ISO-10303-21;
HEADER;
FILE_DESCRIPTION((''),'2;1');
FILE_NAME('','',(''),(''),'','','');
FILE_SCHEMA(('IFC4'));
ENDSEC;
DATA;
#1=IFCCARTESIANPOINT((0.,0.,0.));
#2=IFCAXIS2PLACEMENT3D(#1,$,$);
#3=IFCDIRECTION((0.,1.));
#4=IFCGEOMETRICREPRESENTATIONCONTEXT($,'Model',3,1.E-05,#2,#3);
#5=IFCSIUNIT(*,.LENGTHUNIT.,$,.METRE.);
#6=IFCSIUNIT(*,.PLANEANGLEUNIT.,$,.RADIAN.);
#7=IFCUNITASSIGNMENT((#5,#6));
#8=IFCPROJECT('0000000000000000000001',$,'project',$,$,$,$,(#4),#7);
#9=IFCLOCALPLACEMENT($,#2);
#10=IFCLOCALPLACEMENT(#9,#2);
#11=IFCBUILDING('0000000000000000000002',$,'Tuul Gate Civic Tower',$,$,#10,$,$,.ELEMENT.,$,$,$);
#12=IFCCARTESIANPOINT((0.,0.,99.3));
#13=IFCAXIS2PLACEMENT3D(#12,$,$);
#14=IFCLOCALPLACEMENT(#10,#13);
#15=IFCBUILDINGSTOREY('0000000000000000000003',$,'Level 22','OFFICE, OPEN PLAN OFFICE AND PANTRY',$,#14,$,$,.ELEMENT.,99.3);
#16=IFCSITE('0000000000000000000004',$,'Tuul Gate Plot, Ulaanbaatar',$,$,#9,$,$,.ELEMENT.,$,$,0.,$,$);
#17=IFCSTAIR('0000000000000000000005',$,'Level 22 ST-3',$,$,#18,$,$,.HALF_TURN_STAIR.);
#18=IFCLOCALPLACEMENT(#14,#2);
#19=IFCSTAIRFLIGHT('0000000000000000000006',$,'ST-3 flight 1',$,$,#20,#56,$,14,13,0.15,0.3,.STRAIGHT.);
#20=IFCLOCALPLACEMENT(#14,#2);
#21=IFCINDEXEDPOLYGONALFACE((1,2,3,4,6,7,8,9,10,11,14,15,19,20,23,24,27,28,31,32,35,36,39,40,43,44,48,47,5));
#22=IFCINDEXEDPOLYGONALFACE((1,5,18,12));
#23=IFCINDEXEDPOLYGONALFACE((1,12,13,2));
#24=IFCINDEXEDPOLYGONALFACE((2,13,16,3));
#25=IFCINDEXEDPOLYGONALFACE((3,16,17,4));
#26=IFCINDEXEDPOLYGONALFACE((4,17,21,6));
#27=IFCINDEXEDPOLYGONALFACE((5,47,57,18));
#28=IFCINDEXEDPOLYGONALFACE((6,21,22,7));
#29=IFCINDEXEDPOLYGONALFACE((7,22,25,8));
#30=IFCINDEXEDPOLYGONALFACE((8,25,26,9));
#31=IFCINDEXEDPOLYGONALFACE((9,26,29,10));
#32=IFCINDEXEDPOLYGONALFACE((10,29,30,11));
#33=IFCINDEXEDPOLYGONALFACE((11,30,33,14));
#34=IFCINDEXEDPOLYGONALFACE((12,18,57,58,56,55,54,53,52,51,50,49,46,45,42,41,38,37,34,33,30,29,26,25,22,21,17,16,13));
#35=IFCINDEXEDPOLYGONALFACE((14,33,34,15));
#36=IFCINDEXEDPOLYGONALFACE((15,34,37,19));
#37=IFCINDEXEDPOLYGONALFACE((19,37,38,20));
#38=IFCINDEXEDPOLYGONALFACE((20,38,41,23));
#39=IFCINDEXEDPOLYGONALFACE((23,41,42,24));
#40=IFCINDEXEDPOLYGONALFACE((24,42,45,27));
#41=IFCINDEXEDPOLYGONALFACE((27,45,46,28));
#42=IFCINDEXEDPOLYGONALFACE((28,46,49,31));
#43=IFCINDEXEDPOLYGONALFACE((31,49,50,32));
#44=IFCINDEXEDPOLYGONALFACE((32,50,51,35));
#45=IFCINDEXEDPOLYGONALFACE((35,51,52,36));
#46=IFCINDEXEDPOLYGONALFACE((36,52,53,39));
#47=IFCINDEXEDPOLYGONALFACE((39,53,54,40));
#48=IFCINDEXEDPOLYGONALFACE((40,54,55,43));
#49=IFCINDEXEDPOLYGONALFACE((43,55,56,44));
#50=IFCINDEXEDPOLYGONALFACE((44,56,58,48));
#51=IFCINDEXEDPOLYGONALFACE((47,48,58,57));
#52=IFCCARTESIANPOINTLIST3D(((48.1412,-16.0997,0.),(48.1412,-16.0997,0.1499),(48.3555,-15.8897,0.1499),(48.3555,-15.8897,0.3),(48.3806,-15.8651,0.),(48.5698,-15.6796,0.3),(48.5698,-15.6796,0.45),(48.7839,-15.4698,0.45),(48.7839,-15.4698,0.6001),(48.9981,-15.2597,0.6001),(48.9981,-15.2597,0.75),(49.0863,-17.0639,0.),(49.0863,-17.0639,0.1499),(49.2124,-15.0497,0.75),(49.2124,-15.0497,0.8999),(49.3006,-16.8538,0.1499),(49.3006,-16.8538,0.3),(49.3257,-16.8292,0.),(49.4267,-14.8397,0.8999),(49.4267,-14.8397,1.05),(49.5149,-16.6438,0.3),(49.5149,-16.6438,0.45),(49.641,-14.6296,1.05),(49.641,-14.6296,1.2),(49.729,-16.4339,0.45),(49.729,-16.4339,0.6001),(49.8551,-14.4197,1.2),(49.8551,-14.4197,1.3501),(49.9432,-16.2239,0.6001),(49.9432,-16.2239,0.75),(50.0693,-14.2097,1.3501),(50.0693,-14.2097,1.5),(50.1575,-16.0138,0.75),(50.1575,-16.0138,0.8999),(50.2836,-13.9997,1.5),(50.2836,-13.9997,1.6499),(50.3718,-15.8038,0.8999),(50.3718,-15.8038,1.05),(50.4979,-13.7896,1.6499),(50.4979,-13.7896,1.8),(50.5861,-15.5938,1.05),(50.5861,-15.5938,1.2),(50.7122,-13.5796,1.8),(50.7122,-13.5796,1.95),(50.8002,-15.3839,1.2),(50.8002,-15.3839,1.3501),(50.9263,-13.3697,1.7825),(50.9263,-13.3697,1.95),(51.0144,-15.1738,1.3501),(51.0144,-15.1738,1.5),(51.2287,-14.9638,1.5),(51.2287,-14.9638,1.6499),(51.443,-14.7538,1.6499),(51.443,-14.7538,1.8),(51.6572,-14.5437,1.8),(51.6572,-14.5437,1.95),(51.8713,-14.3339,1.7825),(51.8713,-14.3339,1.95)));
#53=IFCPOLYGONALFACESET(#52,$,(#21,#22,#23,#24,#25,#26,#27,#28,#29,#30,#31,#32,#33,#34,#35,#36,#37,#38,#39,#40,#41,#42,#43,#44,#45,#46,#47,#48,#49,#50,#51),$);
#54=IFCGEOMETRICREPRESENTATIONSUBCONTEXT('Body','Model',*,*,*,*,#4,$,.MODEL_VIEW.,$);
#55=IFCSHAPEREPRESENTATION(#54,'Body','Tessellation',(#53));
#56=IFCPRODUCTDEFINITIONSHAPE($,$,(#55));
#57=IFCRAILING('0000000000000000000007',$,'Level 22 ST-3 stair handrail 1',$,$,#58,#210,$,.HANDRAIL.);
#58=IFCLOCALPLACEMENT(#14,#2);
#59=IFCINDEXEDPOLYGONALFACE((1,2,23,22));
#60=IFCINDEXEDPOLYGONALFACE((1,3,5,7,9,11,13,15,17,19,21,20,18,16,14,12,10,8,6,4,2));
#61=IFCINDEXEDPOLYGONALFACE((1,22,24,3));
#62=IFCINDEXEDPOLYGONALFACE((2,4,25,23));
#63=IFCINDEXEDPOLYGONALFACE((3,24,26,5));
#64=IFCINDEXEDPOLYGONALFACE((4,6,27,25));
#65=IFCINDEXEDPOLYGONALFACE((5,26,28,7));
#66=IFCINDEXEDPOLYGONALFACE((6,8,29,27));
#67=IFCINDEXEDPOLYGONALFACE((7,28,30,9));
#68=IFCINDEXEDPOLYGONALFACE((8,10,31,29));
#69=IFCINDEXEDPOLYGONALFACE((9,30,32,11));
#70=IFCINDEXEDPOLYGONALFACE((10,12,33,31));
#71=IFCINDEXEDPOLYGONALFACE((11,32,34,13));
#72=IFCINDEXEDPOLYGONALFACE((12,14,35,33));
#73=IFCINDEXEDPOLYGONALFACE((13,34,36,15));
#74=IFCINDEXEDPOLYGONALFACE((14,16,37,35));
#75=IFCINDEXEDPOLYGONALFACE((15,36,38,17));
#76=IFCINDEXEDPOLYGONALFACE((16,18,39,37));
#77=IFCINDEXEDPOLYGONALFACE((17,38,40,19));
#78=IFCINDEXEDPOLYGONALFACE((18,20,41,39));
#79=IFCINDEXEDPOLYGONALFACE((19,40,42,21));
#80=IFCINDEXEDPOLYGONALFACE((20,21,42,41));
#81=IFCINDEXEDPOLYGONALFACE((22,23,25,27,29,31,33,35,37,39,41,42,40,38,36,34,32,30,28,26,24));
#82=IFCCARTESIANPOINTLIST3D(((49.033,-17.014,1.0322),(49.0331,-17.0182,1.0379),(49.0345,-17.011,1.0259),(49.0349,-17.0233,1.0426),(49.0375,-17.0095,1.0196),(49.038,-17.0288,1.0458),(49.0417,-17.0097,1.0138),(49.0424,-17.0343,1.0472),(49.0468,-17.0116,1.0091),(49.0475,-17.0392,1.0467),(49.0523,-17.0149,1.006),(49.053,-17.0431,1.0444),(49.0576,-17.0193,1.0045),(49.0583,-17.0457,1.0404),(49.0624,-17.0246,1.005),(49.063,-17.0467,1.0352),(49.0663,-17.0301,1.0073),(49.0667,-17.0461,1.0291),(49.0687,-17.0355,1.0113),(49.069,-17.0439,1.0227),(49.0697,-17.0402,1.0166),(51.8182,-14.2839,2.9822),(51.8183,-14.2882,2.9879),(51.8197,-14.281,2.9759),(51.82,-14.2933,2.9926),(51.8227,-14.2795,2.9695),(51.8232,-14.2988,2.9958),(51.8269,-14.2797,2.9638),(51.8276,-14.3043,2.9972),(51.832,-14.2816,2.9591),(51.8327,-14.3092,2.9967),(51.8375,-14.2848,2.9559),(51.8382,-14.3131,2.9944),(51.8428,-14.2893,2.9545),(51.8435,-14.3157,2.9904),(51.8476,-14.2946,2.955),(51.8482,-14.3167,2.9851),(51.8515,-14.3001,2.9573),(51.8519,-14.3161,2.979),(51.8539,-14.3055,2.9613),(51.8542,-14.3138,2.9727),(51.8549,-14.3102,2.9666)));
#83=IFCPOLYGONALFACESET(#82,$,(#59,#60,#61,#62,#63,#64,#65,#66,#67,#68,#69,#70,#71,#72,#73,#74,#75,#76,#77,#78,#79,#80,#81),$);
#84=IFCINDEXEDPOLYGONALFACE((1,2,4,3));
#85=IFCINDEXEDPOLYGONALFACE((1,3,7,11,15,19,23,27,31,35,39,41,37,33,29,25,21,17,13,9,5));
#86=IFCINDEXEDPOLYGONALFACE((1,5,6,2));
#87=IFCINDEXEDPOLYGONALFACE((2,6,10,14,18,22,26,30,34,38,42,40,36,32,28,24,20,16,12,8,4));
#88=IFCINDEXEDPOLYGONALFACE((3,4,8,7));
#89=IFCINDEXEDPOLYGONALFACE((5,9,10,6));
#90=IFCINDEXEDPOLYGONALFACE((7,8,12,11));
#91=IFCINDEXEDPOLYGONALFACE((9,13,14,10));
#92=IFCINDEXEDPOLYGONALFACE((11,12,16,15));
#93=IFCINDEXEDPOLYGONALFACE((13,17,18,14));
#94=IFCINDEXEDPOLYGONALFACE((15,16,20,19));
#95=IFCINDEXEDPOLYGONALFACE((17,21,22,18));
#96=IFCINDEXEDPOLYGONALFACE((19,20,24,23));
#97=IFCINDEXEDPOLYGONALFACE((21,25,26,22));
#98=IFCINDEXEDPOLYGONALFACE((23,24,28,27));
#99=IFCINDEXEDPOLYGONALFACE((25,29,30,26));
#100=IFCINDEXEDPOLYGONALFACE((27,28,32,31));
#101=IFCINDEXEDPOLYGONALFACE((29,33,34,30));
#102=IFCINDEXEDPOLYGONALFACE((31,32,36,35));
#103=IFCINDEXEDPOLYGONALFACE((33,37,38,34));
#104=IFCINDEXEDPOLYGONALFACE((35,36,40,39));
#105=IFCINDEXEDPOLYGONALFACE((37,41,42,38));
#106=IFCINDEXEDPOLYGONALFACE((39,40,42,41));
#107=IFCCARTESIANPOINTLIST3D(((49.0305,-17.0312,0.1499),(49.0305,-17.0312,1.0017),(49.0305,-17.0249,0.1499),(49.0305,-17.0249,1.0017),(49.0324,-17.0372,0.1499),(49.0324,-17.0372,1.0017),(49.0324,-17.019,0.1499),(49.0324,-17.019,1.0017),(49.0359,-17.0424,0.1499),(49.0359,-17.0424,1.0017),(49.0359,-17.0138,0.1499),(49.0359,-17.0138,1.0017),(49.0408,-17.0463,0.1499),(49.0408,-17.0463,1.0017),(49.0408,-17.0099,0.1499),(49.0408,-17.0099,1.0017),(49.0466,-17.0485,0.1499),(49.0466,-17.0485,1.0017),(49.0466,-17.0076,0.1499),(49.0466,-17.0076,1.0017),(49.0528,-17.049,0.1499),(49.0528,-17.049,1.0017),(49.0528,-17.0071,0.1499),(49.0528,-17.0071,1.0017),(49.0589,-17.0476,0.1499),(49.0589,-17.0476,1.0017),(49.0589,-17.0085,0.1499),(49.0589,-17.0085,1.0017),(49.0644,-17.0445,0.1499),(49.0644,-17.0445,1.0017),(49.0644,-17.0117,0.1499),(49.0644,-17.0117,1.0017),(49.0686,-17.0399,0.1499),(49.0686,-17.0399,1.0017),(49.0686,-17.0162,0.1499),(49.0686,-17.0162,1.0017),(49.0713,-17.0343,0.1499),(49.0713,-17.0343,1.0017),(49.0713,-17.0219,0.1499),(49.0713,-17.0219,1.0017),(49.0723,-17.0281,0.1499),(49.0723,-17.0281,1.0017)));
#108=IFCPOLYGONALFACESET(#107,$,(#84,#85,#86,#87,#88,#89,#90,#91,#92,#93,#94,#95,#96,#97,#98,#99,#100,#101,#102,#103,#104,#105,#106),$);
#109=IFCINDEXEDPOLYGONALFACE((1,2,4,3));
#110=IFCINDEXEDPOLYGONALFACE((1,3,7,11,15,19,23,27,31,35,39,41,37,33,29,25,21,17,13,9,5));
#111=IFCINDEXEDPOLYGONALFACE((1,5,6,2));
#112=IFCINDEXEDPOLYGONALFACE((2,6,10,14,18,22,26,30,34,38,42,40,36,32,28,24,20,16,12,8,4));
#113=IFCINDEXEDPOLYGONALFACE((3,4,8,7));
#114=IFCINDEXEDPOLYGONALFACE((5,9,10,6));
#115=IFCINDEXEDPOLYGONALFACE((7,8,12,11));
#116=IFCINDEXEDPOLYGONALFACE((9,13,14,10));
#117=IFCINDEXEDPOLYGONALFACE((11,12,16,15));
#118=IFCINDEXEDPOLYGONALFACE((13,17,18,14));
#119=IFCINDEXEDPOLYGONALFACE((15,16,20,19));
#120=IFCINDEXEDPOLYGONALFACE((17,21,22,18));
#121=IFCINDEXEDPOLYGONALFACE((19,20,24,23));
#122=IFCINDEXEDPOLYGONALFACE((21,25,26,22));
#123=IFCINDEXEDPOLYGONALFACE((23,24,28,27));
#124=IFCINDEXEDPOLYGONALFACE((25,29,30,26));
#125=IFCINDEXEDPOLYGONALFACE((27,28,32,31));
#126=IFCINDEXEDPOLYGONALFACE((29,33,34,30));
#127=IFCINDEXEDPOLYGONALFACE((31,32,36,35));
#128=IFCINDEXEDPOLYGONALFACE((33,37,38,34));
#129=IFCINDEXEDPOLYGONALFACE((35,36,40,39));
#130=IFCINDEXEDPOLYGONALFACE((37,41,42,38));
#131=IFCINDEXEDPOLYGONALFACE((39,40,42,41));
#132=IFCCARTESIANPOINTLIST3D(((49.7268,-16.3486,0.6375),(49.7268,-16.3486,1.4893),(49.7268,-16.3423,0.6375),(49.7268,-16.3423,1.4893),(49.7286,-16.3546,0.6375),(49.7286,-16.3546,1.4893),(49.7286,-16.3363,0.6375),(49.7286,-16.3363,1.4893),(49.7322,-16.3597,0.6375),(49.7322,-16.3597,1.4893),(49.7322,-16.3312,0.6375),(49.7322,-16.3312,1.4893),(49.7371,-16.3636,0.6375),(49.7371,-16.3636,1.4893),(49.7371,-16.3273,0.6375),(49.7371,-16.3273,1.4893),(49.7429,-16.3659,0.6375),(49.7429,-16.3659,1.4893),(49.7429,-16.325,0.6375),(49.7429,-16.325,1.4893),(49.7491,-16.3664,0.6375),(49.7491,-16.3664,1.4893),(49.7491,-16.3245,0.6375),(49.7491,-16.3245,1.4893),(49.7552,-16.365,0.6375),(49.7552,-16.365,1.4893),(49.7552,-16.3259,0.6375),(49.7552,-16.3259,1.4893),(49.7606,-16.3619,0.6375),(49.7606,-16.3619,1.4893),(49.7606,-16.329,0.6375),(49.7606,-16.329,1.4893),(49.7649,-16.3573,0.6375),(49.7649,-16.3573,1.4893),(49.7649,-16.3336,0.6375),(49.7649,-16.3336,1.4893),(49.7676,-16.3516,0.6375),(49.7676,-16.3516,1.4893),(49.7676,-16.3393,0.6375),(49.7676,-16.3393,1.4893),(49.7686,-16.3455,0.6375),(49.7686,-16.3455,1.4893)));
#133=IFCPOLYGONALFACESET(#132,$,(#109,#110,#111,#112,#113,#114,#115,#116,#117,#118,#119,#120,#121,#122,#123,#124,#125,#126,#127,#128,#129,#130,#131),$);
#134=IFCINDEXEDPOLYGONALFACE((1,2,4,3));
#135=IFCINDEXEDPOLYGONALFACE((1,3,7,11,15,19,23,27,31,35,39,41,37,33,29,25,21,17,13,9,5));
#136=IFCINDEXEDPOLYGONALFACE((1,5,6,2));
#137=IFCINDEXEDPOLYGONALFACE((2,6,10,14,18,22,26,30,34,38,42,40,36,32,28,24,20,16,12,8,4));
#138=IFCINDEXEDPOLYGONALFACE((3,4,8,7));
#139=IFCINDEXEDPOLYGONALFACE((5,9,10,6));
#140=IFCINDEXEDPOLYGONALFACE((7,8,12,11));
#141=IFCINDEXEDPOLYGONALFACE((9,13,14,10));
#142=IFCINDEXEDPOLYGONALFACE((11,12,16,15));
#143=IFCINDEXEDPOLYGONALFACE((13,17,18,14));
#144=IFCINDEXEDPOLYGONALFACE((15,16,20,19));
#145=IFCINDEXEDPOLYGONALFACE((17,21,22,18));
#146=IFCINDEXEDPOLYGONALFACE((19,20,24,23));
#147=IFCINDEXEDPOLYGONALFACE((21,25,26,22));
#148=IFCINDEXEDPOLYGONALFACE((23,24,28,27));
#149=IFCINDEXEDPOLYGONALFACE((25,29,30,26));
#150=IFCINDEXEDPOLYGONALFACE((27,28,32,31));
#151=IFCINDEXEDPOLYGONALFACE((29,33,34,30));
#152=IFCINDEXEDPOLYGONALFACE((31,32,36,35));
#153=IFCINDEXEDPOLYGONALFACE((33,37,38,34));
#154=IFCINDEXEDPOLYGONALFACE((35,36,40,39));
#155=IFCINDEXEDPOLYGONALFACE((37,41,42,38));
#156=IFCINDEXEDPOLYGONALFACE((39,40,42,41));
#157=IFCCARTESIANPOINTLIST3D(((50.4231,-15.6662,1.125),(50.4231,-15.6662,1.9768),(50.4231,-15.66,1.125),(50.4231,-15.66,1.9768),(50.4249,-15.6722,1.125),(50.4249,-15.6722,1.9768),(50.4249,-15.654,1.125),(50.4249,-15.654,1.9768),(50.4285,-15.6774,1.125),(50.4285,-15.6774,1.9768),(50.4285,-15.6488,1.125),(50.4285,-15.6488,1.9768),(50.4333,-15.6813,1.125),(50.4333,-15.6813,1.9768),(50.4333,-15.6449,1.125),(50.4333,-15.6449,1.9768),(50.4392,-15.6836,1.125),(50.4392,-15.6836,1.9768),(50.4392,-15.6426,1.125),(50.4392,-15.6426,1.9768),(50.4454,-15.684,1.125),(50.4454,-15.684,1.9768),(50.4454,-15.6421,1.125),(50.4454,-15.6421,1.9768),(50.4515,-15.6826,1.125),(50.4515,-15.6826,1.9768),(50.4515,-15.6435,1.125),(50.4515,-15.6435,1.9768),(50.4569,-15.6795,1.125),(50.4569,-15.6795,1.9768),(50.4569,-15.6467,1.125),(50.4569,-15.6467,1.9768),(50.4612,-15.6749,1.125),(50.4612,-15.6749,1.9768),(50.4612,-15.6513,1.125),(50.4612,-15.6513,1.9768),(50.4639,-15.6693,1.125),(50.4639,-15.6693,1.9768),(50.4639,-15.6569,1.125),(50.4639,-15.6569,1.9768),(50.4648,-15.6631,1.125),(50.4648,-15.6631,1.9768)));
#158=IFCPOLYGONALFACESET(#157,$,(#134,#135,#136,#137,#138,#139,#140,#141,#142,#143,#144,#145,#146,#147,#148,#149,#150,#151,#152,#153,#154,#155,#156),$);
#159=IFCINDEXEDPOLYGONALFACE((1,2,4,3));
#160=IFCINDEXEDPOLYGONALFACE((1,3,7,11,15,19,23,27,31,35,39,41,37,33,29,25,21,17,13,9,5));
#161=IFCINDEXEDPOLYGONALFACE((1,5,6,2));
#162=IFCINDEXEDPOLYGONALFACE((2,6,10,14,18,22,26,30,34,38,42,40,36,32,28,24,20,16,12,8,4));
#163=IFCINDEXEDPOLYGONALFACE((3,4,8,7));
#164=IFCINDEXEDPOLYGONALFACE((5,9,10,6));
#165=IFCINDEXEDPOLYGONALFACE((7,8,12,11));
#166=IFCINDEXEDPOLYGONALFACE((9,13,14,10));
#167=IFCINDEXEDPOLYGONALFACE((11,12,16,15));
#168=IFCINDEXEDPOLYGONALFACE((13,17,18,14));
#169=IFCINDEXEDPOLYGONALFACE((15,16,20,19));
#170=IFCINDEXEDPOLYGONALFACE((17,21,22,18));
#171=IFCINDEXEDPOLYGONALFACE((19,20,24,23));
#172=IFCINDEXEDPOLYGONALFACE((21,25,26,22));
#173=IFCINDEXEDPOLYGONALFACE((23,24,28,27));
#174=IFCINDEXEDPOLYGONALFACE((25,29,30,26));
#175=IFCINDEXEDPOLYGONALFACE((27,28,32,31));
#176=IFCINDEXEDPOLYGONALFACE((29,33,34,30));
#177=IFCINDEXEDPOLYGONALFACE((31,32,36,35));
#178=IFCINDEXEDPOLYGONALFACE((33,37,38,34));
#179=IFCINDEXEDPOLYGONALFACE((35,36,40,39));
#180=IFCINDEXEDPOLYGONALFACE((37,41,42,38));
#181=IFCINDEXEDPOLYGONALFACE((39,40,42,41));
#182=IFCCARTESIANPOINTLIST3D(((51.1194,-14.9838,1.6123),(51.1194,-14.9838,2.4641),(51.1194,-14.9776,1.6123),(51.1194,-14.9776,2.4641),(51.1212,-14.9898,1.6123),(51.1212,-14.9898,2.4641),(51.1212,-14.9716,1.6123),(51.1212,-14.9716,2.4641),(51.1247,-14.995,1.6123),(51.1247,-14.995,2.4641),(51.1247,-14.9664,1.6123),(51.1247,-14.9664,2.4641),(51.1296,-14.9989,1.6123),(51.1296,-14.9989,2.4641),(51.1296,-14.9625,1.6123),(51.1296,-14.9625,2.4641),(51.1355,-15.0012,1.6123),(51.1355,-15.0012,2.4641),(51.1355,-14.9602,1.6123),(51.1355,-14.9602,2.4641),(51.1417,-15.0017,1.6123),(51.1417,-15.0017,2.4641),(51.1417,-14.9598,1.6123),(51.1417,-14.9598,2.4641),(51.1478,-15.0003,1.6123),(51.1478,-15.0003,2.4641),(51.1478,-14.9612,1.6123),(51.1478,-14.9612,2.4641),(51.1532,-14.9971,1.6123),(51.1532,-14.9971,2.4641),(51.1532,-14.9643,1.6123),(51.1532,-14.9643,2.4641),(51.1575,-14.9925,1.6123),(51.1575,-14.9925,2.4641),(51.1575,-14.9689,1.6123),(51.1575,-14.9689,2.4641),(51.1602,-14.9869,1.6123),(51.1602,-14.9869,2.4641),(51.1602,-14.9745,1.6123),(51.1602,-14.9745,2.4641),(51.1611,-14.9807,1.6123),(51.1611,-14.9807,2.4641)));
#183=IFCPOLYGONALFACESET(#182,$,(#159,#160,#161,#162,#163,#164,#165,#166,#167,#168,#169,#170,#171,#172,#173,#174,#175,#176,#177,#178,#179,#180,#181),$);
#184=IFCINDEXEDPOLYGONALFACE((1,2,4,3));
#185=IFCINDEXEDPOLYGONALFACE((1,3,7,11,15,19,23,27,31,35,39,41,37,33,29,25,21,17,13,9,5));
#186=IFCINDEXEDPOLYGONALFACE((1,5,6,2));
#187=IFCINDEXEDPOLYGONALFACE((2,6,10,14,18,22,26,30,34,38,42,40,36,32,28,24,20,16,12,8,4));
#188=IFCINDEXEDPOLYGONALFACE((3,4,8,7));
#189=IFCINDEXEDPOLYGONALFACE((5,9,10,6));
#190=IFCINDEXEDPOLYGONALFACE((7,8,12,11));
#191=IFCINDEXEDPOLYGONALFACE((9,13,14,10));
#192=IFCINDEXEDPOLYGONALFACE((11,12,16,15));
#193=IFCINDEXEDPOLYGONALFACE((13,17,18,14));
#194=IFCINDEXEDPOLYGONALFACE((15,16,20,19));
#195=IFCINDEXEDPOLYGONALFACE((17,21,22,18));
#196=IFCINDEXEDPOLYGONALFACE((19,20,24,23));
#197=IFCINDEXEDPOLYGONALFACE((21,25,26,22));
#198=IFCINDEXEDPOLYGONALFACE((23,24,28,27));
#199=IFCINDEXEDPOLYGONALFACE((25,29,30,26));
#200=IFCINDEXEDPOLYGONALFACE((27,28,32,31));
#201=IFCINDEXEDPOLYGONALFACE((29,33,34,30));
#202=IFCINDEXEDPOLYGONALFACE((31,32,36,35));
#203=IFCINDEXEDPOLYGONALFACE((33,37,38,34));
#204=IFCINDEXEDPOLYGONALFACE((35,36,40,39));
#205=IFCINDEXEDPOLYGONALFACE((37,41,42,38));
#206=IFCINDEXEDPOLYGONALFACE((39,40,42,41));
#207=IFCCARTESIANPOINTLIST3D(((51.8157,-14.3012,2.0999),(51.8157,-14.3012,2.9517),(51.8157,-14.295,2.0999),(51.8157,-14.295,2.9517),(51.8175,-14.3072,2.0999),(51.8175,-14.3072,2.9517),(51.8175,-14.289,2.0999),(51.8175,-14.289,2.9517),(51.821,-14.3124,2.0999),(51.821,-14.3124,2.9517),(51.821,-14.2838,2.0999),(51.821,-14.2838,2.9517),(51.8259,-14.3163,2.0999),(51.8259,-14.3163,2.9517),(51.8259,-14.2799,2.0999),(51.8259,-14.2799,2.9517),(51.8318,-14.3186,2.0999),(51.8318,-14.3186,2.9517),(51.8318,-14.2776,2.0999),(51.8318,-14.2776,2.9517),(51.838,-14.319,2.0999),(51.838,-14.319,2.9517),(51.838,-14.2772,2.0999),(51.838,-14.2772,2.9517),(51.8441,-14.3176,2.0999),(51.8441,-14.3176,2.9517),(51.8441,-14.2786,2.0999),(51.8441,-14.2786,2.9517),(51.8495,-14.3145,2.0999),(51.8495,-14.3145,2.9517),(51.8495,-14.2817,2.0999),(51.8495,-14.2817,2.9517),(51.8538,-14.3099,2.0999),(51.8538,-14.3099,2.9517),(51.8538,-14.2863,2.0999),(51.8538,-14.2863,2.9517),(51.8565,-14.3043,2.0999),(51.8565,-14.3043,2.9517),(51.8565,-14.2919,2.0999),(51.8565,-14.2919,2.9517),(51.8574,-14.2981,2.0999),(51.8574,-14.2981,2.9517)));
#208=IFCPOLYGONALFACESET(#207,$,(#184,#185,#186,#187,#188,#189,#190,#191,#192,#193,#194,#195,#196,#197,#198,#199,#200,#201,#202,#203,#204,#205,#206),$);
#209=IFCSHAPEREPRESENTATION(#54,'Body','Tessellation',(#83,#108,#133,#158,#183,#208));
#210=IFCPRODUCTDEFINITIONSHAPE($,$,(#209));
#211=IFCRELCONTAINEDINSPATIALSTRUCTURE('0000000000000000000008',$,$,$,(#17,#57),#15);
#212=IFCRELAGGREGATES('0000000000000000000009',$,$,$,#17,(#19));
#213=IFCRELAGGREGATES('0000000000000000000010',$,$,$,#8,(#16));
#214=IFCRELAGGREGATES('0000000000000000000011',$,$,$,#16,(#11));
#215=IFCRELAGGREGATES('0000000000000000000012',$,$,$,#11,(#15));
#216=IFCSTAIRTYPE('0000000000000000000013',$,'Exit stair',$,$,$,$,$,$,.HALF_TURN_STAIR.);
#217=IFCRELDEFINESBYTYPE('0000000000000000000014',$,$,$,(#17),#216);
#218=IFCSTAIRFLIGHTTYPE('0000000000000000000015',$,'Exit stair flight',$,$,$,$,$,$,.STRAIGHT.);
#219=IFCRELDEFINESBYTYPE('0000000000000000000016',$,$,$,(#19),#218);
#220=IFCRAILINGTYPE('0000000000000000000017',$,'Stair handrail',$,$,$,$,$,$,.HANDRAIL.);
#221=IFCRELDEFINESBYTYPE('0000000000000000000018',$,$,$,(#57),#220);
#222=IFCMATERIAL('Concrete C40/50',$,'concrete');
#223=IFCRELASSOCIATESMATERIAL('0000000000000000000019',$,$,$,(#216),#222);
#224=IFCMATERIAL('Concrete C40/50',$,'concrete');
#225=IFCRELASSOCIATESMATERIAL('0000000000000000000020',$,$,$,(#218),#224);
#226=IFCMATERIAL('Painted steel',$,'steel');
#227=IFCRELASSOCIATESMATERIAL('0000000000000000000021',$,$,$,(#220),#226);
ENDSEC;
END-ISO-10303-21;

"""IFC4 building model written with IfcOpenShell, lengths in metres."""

from ifc_helpers import new_model, si_unit, direction, frame, origin, origin_2d, place, context, subcontext, project, spatial, polyline, circle, outline, extrude, material, type_object, element, aggregate, save


model = new_model("IFC4")

# Units and contexts
model_context = context("Model", 3, precision=1e-05, world=origin(), true_north=direction((0.0, 1.0)))
body_context = subcontext(model_context, "Body", "Model", "MODEL_VIEW")
ifc_project = project(units=[si_unit("LENGTHUNIT", "METRE"), si_unit("PLANEANGLEUNIT", "RADIAN")], contexts=[model_context])

# Site, building, storey
site_placement = place(None, origin())
site = spatial("IfcSite", under=ifc_project, at=site_placement, Name="Tuul Gate Plot, Ulaanbaatar", CompositionType="ELEMENT", RefElevation=0.0)
building_placement = place(site_placement, origin())
building = spatial("IfcBuilding", under=site, at=building_placement, Name="Tuul Gate Civic Tower", CompositionType="ELEMENT")
storey_placement = place(building_placement, frame((0.0, 0.0, 99.3)))
storey = spatial("IfcBuildingStorey", under=building, at=storey_placement, Name="Level 22", Description="OFFICE, OPEN PLAN OFFICE AND PANTRY", CompositionType="ELEMENT", Elevation=99.3)

# Stair, stair flight
ifc_material_1 = material(Name="Concrete C40/50", Category="concrete")
stair_type = type_object("IfcStairType", Name="Exit stair", PredefinedType="HALF_TURN_STAIR", material=ifc_material_1)
stair_placement = place(storey_placement, origin())
stair = element("IfcStair", 1, at=stair_placement, inside=storey, type_object=stair_type, Name="Level 22 ST-3", PredefinedType="HALF_TURN_STAIR")
ifc_material_2 = material(Name="Concrete C40/50", Category="concrete")
stair_flight_type = type_object("IfcStairFlightType", Name="Exit stair flight", PredefinedType="STRAIGHT", material=ifc_material_2)
stair_flight_placement = place(storey_placement, frame((48.6138, -16.5818, 0.0), z_axis=(0.0, 0.0, 1.0), x_axis=(0.714127, 0.700016, 0.0)))
stair_flight = element("IfcStairFlight", 2, at=stair_flight_placement, type_object=stair_flight_type, Name="ST-3 flight 1", NumberOfRisers=14, NumberOfTreads=13, PredefinedType="STRAIGHT", RiserHeight=0.15, TreadLength=0.3, context=body_context, shape_type="SweptSolid", body=[
    extrude(outline(polyline([(0.0, 0.0), (0.0, 0.1499), (0.3, 0.1499), (0.3, 0.3), (0.6001, 0.3), (0.6001, 0.45), (0.8999, 0.45), (0.8999, 0.6001), (1.2, 0.6001), (1.2, 0.75), (1.5, 0.75), (1.5, 0.8999), (1.8, 0.8999), (1.8, 1.05), (2.1001, 1.05), (2.1001, 1.2), (2.3999, 1.2), (2.3999, 1.3501), (2.7, 1.3501), (2.7, 1.5), (3.0, 1.5), (3.0, 1.6499), (3.3, 1.6499), (3.3, 1.8), (3.6001, 1.8), (3.6001, 1.95), (3.8999, 1.95), (3.8999, 2.1001), (3.8999, 1.7825), (0.3352, 0.0), (0.0, 0.0)])), frame((0.0, 0.675, 0.0), z_axis=(0.0, -1.0, 0.0), x_axis=(1.0, 0.0, 0.0)), (0.0, 0.0, 1.0), 1.3501),
])
aggregate(stair, [stair_flight])

# Railing
ifc_material_3 = material(Name="Painted steel", Category="steel")
railing_type_1 = type_object("IfcRailingType", Name="Stair handrail", PredefinedType="HANDRAIL", material=ifc_material_3)
railing_1_placement = place(storey_placement, frame((49.0513, -17.0281, 0.1499)))
element("IfcRailing", 3, at=railing_1_placement, inside=storey, type_object=railing_type_1, Name="Level 22 ST-3 stair handrail 1", PredefinedType="HANDRAIL", context=body_context, shape_type="SweptSolid", body=[
    extrude(circle(Radius=0.0239, at=origin_2d()), frame((0.0, 0.0, 0.876), z_axis=(0.638754, 0.6261, 0.447206), x_axis=(-0.699998, 0.714145, 0.0)), (0.0, 0.0, 1.0), 4.3604),
    extrude(circle(Radius=0.021, at=origin_2d()), origin(), (0.0, 0.0, 1.0), 0.8518),
    extrude(circle(Radius=0.021, at=origin_2d()), frame((0.6963, 0.6826, 0.4875)), (0.0, 0.0, 1.0), 0.8518),
    extrude(circle(Radius=0.021, at=origin_2d()), frame((1.3926, 1.365, 0.9751)), (0.0, 0.0, 1.0), 0.8518),
    extrude(circle(Radius=0.021, at=origin_2d()), frame((2.0889, 2.0474, 1.4624)), (0.0, 0.0, 1.0), 0.8518),
    extrude(circle(Radius=0.021, at=origin_2d()), frame((2.7852, 2.73, 1.95)), (0.0, 0.0, 1.0), 0.8518),
])

save(model, "model.ifc")
